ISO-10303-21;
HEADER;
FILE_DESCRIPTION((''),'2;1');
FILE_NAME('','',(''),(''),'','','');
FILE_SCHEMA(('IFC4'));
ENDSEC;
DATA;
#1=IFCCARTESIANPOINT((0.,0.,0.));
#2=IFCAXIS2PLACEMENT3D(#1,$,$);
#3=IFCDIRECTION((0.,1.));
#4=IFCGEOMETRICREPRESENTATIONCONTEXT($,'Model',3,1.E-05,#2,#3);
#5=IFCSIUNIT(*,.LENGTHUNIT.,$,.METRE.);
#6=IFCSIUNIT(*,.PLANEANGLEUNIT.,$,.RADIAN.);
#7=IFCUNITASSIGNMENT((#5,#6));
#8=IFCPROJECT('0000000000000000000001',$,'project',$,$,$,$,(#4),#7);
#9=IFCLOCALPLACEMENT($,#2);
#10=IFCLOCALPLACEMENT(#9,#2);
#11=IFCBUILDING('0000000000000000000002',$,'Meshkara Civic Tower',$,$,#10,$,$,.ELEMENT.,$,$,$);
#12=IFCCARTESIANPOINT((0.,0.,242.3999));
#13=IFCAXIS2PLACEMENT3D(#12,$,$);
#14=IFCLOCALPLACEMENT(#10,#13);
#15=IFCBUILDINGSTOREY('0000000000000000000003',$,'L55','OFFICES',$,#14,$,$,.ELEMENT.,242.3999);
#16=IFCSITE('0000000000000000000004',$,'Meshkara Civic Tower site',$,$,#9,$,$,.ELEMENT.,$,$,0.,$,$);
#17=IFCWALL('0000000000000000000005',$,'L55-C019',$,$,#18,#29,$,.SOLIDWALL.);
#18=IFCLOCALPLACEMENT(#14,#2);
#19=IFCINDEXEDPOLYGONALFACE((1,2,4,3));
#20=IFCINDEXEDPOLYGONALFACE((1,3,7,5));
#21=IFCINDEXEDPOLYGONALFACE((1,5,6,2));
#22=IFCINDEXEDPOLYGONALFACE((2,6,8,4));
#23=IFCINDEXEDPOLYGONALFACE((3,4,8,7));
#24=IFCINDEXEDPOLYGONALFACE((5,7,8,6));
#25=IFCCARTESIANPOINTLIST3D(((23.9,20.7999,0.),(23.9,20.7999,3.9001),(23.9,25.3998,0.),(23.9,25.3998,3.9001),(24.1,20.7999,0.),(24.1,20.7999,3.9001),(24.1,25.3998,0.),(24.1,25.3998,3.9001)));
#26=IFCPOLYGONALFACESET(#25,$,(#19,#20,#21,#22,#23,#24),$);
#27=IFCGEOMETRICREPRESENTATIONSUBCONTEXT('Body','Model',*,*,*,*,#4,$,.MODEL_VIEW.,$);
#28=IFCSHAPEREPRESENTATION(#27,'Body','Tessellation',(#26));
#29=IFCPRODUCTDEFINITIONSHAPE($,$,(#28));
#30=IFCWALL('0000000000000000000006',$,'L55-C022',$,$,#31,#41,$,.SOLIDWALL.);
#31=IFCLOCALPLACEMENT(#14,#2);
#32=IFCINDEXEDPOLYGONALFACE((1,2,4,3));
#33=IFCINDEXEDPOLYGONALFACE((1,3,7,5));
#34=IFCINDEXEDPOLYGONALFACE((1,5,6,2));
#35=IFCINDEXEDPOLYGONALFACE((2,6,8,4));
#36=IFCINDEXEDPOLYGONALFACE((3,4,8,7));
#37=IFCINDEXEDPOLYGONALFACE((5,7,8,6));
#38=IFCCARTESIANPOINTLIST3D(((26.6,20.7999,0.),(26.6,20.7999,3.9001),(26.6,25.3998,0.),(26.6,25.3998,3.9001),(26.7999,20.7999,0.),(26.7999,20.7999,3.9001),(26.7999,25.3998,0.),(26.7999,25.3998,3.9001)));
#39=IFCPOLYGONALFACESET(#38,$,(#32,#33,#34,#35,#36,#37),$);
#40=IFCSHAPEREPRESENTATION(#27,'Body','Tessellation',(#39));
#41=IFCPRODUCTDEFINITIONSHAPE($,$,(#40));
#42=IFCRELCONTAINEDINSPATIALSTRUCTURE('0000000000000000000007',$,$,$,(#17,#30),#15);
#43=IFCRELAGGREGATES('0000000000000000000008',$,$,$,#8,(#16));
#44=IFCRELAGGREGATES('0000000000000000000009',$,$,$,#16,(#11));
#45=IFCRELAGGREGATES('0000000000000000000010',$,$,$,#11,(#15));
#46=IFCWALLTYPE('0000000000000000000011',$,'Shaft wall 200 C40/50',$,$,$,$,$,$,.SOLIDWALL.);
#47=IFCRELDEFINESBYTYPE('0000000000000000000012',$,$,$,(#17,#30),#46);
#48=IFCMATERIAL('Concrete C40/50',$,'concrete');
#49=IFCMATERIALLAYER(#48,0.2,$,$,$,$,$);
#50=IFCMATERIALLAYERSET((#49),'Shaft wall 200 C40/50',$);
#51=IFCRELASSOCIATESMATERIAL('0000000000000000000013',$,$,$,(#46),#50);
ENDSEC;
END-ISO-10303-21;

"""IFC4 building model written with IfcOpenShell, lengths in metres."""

from ifc_helpers import new_model, si_unit, direction, frame, frame_2d, origin, place, context, subcontext, project, spatial, rectangle, extrude, material, layer, layer_set, type_object, element, save


model = new_model("IFC4")

# Units and contexts
model_context = context("Model", 3, precision=1e-05, world=origin(), true_north=direction((0.0, 1.0)))
body_context = subcontext(model_context, "Body", "Model", "MODEL_VIEW")
ifc_project = project(units=[si_unit("LENGTHUNIT", "METRE"), si_unit("PLANEANGLEUNIT", "RADIAN")], contexts=[model_context])

# Site, building, storey
site_placement = place(None, origin())
site = spatial("IfcSite", under=ifc_project, at=site_placement, Name="Meshkara Civic Tower site", CompositionType="ELEMENT", RefElevation=0.0)
building_placement = place(site_placement, origin())
building = spatial("IfcBuilding", under=site, at=building_placement, Name="Meshkara Civic Tower", CompositionType="ELEMENT")
storey_placement = place(building_placement, frame((0.0, 0.0, 242.3999)))
storey = spatial("IfcBuildingStorey", under=building, at=storey_placement, Name="L55", Description="OFFICES", CompositionType="ELEMENT", Elevation=242.3999)

# Shared definitions
ifc_material_1 = material(Name="Concrete C40/50", Category="concrete")
ifc_layer_1 = layer(ifc_material_1, 0.2)
ifc_layer_set_1 = layer_set([ifc_layer_1], Name="Shaft wall 200 C40/50")
wall_type_1 = type_object("IfcWallType", Name="Shaft wall 200 C40/50", PredefinedType="SOLIDWALL", material=ifc_layer_set_1)

# Walls
for number, where, z_axis, x_axis, name in (
    (1, (24.0, 20.8, 0.0), (0.0, 0.0, 1.0), (0.0, 1.0, 0.0), "L55-C019"),
    (2, (26.7, 20.8, 0.0), (0.0, 0.0, 1.0), (0.0, 1.0, 0.0), "L55-C022"),
):
    element("IfcWall", number, at=place(storey_placement, frame(where, z_axis=z_axis, x_axis=x_axis)), inside=storey, type_object=wall_type_1, Name=name, PredefinedType="SOLIDWALL", context=body_context, shape_type="SweptSolid", body=[
        extrude(rectangle(XDim=4.5999, YDim=0.2, at=frame_2d((2.2998, 0.0))), origin(), (0.0, 0.0, 1.0), 3.9001),
    ])

save(model, "model.ifc")
